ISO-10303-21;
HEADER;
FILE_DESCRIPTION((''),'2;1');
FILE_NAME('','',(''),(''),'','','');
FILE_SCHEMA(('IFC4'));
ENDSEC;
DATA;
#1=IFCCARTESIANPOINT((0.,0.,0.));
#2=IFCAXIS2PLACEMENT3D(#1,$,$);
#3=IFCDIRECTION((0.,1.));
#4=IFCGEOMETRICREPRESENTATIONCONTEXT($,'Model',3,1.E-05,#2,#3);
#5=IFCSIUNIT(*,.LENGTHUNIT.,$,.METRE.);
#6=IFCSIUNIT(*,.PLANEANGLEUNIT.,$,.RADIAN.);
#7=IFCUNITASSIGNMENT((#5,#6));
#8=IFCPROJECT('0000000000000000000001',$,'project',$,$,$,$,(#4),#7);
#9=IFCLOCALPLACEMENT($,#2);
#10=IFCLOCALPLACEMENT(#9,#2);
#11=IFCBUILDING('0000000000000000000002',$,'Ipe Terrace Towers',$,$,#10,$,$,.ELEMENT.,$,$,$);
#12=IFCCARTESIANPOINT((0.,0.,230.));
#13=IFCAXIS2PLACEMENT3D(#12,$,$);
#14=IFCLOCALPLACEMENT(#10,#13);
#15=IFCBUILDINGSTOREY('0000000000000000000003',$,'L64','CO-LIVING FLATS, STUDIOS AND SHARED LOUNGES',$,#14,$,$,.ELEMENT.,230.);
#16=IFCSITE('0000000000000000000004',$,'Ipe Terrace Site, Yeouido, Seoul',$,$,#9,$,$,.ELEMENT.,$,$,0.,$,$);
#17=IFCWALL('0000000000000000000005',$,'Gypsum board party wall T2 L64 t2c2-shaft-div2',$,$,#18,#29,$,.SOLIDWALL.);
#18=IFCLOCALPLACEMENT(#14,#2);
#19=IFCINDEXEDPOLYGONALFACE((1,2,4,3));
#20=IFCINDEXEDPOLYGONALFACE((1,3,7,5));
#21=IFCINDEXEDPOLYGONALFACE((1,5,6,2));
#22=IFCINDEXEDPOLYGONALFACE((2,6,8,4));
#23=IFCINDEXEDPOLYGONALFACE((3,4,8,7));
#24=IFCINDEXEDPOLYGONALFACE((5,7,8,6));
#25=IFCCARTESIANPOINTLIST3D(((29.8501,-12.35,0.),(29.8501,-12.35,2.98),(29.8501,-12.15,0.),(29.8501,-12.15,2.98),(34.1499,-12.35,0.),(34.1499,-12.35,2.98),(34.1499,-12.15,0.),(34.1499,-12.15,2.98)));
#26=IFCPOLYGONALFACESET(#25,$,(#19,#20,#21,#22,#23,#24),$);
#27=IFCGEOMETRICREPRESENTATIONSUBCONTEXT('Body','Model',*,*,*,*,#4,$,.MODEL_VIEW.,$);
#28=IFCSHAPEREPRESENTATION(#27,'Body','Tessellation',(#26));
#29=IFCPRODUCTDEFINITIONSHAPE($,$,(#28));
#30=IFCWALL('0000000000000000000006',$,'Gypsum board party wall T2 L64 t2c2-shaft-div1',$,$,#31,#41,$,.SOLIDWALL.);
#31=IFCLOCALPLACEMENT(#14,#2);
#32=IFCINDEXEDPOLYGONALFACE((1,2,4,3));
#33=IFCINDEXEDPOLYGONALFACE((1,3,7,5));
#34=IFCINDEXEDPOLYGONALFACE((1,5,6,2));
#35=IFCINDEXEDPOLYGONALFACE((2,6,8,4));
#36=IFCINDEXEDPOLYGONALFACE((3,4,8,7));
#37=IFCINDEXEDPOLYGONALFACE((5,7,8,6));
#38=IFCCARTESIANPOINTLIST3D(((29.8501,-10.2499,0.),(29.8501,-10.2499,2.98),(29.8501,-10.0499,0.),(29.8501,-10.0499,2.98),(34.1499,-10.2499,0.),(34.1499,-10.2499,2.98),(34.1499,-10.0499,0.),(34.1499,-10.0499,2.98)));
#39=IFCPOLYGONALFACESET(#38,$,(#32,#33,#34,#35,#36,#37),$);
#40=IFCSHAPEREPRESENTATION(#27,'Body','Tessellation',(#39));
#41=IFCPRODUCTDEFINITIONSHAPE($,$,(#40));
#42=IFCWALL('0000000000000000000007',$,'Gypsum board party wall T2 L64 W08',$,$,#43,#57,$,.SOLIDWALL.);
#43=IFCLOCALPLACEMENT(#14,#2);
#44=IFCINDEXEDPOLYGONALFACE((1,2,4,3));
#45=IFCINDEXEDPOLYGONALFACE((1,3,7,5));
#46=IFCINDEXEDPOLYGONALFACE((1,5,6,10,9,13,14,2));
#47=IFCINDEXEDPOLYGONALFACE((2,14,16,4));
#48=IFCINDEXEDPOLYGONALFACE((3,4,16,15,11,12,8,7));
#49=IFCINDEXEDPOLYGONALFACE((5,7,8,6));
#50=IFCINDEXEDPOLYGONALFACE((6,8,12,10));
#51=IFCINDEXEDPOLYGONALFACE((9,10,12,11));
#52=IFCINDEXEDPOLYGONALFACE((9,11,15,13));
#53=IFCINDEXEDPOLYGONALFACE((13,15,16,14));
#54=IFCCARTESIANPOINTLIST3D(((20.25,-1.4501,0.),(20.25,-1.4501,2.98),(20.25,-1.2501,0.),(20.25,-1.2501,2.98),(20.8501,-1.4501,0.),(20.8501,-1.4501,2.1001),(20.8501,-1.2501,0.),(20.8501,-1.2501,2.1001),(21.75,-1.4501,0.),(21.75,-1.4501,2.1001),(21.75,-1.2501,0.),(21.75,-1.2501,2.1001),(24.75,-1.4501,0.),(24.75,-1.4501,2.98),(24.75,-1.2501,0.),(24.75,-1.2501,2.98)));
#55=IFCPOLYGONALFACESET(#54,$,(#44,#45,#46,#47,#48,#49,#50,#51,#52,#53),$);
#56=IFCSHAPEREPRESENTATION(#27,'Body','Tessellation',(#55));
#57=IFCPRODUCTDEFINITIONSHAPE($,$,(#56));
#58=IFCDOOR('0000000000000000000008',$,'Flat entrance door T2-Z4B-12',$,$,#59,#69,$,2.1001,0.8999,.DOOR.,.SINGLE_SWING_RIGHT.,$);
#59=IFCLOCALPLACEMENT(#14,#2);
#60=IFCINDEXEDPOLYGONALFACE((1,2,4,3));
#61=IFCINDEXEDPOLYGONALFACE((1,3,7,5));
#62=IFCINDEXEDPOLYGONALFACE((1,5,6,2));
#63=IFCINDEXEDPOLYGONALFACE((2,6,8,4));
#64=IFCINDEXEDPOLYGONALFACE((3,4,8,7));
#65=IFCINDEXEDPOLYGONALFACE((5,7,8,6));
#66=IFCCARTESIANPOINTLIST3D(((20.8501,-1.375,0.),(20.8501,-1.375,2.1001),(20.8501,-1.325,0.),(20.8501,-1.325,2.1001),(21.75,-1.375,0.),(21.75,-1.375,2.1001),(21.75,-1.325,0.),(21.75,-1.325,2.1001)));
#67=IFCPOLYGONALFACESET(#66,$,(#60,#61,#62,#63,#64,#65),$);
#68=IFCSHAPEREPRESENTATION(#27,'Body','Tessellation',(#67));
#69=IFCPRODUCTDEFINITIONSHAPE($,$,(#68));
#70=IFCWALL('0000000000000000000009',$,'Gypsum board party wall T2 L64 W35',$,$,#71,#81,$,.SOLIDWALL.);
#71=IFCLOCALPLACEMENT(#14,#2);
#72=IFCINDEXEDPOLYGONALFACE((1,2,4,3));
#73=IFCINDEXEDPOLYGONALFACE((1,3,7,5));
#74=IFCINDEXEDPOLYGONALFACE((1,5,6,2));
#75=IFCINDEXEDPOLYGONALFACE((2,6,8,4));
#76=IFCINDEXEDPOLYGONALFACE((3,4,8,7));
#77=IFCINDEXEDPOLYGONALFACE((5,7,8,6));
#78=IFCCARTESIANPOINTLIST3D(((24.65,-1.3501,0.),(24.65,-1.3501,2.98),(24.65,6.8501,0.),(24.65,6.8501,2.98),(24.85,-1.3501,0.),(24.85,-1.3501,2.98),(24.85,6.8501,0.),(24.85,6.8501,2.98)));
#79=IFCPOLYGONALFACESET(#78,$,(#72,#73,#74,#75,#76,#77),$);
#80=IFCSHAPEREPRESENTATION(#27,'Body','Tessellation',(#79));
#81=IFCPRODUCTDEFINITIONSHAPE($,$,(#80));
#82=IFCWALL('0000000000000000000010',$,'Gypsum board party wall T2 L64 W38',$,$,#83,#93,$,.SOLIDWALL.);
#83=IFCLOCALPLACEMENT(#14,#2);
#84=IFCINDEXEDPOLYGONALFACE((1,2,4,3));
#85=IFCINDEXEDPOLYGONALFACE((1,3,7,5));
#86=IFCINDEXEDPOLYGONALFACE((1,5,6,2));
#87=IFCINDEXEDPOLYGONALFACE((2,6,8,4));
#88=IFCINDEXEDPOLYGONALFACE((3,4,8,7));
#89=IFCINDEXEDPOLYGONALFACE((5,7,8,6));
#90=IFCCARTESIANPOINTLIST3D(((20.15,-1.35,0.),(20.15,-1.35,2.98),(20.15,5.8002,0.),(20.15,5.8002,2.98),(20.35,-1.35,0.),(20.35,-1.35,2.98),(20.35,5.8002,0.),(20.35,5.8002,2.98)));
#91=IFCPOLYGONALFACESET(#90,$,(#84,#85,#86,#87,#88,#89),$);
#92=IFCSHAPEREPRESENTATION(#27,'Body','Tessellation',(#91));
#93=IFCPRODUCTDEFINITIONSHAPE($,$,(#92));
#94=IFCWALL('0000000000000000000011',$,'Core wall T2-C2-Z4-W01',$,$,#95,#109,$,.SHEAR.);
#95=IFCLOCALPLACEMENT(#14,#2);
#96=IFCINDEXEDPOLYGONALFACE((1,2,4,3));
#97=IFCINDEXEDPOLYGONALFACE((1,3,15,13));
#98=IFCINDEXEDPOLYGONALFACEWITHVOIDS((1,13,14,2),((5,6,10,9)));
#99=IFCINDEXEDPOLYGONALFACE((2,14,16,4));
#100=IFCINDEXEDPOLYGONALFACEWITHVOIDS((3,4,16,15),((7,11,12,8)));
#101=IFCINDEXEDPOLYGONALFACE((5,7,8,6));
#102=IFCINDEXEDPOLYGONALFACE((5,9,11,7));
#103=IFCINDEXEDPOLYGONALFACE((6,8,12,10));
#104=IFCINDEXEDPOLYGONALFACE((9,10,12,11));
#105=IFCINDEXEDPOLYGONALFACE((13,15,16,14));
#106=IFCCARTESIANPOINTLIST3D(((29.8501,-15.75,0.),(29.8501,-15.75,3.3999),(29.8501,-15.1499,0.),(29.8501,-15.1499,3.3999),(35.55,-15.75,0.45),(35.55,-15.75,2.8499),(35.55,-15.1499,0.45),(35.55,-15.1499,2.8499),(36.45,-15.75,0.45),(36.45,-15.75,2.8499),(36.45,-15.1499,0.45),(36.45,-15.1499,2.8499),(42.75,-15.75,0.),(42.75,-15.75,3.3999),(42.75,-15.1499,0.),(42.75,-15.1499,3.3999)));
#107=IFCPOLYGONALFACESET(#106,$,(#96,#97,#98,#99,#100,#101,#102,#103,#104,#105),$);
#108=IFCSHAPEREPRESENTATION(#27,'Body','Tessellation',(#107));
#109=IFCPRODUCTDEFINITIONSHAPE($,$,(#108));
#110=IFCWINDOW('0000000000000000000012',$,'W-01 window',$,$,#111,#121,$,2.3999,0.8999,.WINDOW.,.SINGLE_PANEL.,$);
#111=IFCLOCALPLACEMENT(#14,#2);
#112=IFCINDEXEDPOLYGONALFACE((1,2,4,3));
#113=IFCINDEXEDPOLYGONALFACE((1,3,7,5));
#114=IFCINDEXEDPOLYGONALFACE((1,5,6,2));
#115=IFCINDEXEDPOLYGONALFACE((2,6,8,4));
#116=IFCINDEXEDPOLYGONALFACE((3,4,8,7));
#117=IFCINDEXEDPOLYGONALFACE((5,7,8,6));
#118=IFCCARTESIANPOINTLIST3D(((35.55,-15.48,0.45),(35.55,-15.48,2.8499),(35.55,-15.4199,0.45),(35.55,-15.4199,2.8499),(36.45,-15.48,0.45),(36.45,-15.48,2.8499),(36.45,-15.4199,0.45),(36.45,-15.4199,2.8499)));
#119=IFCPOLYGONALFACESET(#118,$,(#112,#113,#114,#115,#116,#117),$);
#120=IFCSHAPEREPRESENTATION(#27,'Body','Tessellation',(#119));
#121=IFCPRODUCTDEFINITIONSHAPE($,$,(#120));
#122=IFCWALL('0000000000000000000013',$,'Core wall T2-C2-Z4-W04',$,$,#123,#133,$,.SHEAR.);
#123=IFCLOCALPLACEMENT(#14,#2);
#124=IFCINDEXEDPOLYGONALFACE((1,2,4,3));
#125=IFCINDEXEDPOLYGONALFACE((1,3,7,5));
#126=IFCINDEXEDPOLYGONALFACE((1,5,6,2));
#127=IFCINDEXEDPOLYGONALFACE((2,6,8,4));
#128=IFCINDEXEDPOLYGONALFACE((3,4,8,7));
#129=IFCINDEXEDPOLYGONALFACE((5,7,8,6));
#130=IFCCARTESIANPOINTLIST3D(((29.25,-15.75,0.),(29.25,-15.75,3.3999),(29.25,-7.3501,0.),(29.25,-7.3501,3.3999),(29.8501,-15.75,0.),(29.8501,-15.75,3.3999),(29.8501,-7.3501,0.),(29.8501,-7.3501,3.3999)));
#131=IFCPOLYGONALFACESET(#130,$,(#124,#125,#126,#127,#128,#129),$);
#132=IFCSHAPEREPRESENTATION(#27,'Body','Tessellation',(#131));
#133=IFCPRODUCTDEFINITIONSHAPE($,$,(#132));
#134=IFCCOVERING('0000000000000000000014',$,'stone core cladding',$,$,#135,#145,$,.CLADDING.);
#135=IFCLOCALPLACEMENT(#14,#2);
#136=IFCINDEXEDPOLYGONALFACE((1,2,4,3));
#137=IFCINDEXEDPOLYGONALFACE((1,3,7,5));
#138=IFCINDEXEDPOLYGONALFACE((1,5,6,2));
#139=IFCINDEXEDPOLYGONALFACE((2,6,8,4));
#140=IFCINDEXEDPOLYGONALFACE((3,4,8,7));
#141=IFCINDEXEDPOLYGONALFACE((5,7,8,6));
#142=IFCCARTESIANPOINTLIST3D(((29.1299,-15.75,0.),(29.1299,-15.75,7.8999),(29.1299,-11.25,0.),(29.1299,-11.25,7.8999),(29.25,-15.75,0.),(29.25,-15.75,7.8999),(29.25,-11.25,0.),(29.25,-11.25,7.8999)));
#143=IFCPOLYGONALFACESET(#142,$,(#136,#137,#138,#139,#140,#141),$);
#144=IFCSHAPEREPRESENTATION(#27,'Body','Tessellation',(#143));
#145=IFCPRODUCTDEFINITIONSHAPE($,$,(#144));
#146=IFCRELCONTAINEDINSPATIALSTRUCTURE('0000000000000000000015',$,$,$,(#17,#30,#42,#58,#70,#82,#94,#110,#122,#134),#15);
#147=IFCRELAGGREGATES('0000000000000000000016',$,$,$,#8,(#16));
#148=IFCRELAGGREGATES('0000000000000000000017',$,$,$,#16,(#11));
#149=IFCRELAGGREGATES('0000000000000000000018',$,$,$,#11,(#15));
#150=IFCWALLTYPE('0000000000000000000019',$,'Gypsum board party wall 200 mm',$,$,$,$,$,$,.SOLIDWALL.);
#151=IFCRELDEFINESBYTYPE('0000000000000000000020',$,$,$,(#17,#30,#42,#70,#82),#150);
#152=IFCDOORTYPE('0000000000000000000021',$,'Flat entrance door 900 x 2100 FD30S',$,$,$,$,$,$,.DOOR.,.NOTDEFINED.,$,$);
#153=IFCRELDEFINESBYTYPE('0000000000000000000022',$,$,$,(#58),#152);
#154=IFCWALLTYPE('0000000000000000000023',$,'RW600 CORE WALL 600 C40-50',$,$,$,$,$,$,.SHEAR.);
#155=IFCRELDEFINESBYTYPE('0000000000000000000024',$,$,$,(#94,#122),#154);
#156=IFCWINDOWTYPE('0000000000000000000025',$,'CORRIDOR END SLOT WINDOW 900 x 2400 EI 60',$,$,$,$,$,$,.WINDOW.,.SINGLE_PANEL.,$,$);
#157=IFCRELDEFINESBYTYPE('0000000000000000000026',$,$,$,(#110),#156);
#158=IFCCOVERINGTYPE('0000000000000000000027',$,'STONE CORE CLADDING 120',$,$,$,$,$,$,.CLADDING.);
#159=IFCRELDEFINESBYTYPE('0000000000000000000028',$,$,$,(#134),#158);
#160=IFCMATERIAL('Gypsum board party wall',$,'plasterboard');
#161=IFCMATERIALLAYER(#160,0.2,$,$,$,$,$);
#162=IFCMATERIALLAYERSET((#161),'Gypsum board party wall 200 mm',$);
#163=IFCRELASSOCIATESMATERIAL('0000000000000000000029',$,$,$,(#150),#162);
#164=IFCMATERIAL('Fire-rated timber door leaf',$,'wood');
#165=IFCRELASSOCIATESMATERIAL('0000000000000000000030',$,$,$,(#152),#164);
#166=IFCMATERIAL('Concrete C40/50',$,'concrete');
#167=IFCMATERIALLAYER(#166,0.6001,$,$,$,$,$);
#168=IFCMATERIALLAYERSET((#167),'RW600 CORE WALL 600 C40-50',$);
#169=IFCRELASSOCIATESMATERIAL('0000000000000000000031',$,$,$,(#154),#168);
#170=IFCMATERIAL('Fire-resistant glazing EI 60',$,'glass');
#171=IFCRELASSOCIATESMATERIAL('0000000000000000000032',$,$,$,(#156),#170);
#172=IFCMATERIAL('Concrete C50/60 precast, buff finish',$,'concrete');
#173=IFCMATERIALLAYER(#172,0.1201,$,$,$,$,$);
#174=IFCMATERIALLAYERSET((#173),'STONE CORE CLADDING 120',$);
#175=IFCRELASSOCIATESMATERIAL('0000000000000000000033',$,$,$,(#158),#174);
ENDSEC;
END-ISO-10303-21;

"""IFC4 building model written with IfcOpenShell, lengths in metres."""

from ifc_helpers import new_model, si_unit, direction, frame, frame_2d, origin, origin_2d, place, context, subcontext, project, spatial, rectangle, extrude, material, layer, layer_set, type_object, element, fill, save


model = new_model("IFC4")

# Units and contexts
model_context = context("Model", 3, precision=1e-05, world=origin(), true_north=direction((0.0, 1.0)))
body_context = subcontext(model_context, "Body", "Model", "MODEL_VIEW")
ifc_project = project(units=[si_unit("LENGTHUNIT", "METRE"), si_unit("PLANEANGLEUNIT", "RADIAN")], contexts=[model_context])

# Site, building, storey
site_placement = place(None, origin())
site = spatial("IfcSite", under=ifc_project, at=site_placement, Name="Ipe Terrace Site, Yeouido, Seoul", CompositionType="ELEMENT", RefElevation=0.0)
building_placement = place(site_placement, origin())
building = spatial("IfcBuilding", under=site, at=building_placement, Name="Ipe Terrace Towers", CompositionType="ELEMENT")
storey_placement = place(building_placement, frame((0.0, 0.0, 230.0)))
storey = spatial("IfcBuildingStorey", under=building, at=storey_placement, Name="L64", Description="CO-LIVING FLATS, STUDIOS AND SHARED LOUNGES", CompositionType="ELEMENT", Elevation=230.0)

# Walls
ifc_material_1 = material(Name="Gypsum board party wall", Category="plasterboard")
ifc_layer_1 = layer(ifc_material_1, 0.2)
ifc_layer_set_1 = layer_set([ifc_layer_1], Name="Gypsum board party wall 200 mm")
wall_type_1 = type_object("IfcWallType", Name="Gypsum board party wall 200 mm", PredefinedType="SOLIDWALL", material=ifc_layer_set_1)
for number, where, z_axis, x_axis, name in (
    (1, (29.8501, -12.25, 0.0), (0.0, 0.0, 1.0), (1.0, 0.0, 0.0), "Gypsum board party wall T2 L64 t2c2-shaft-div2"),
    (2, (29.8501, -10.1499, 0.0), (0.0, 0.0, 1.0), (1.0, 0.0, 0.0), "Gypsum board party wall T2 L64 t2c2-shaft-div1"),
):
    element("IfcWall", number, at=place(storey_placement, frame(where, z_axis=z_axis, x_axis=x_axis)), inside=storey, type_object=wall_type_1, Name=name, PredefinedType="SOLIDWALL", context=body_context, shape_type="SweptSolid", body=[
        extrude(rectangle(XDim=4.2998, YDim=0.2, at=frame_2d((2.1499, 0.0))), origin(), (0.0, 0.0, 1.0), 2.98),
    ])

# Wall, opening, door
wall_1_placement = place(storey_placement, frame((24.75, -1.3501, 0.0), z_axis=(0.0, 0.0, 1.0), x_axis=(-1.0, 0.0, 0.0)))
wall_1 = element("IfcWall", 3, at=wall_1_placement, inside=storey, type_object=wall_type_1, Name="Gypsum board party wall T2 L64 W08", PredefinedType="SOLIDWALL", context=body_context, shape_type="SweptSolid", body=[
    extrude(rectangle(XDim=4.5, YDim=0.2, at=frame_2d((2.25, 0.0))), origin(), (0.0, 0.0, 1.0), 2.98),
])
opening_1_placement = place(wall_1_placement, frame((3.0, 0.0, 0.0)))
opening_1 = element("IfcOpeningElement", 4, at=opening_1_placement, cuts=wall_1, PredefinedType="OPENING", context=body_context, shape_type="SweptSolid", body=[
    extrude(rectangle(XDim=0.8999, YDim=2.1001, at=frame_2d((0.45, 1.05))), frame((0.0, 0.1099, 0.0), z_axis=(0.0, -1.0, 0.0), x_axis=(1.0, 0.0, 0.0)), (0.0, 0.0, 1.0), 0.22),
])
ifc_material_2 = material(Name="Fire-rated timber door leaf", Category="wood")
door_type_1 = type_object("IfcDoorType", Name="Flat entrance door 900 x 2100 FD30S", OperationType="NOTDEFINED", PredefinedType="DOOR", material=ifc_material_2)
door_1_placement = place(opening_1_placement, origin())
door_1 = element("IfcDoor", 5, at=door_1_placement, inside=storey, type_object=door_type_1, Name="Flat entrance door T2-Z4B-12", OperationType="SINGLE_SWING_RIGHT", OverallHeight=2.1001, OverallWidth=0.8999, PredefinedType="DOOR", context=body_context, shape_type="SweptSolid", body=[
    extrude(rectangle(XDim=0.8999, YDim=2.1001, at=frame_2d((0.45, 1.05))), frame((0.0, 0.0249, 0.0), z_axis=(0.0, -1.0, 0.0), x_axis=(1.0, 0.0, 0.0)), (0.0, 0.0, 1.0), 0.05),
])
fill(opening_1, door_1)

# Walls
wall_2_placement = place(storey_placement, frame((24.75, -1.3501, 0.0), z_axis=(0.0, 0.0, 1.0), x_axis=(0.0, 1.0, 0.0)))
element("IfcWall", 6, at=wall_2_placement, inside=storey, type_object=wall_type_1, Name="Gypsum board party wall T2 L64 W35", PredefinedType="SOLIDWALL", context=body_context, shape_type="SweptSolid", body=[
    extrude(rectangle(XDim=8.2002, YDim=0.2, at=frame_2d((4.1001, 0.0))), origin(), (0.0, 0.0, 1.0), 2.98),
])
wall_3_placement = place(storey_placement, frame((20.25, -1.3501, 0.0), z_axis=(0.0, 0.0, 1.0), x_axis=(0.0, 1.0, 0.0)))
element("IfcWall", 7, at=wall_3_placement, inside=storey, type_object=wall_type_1, Name="Gypsum board party wall T2 L64 W38", PredefinedType="SOLIDWALL", context=body_context, shape_type="SweptSolid", body=[
    extrude(rectangle(XDim=7.1501, YDim=0.2, at=frame_2d((3.5752, 0.0))), origin(), (0.0, 0.0, 1.0), 2.98),
])

# Wall, opening, window
ifc_material_3 = material(Name="Concrete C40/50", Category="concrete")
ifc_layer_2 = layer(ifc_material_3, 0.6001)
ifc_layer_set_2 = layer_set([ifc_layer_2], Name="RW600 CORE WALL 600 C40-50")
wall_type_2 = type_object("IfcWallType", Name="RW600 CORE WALL 600 C40-50", PredefinedType="SHEAR", material=ifc_layer_set_2)
wall_4_placement = place(storey_placement, frame((29.8501, -15.45, 0.0), z_axis=(0.0, 0.0, 1.0), x_axis=(1.0, 0.0, 0.0)))
wall_4 = element("IfcWall", 8, at=wall_4_placement, inside=storey, type_object=wall_type_2, Name="Core wall T2-C2-Z4-W01", PredefinedType="SHEAR", context=body_context, shape_type="SweptSolid", body=[
    extrude(rectangle(XDim=12.8999, YDim=0.6001, at=frame_2d((6.45, 0.0))), origin(), (0.0, 0.0, 1.0), 3.3999),
])
opening_2_placement = place(wall_4_placement, frame((5.7, 0.0, 0.45)))
opening_2 = element("IfcOpeningElement", 9, at=opening_2_placement, cuts=wall_4, PredefinedType="OPENING", context=body_context, shape_type="SweptSolid", body=[
    extrude(rectangle(XDim=0.8999, YDim=2.3999, at=frame_2d((0.45, 1.2))), frame((0.0, 0.3101, 0.0), z_axis=(0.0, -1.0, 0.0), x_axis=(1.0, 0.0, 0.0)), (0.0, 0.0, 1.0), 0.6201),
])
ifc_material_4 = material(Name="Fire-resistant glazing EI 60", Category="glass")
window_type = type_object("IfcWindowType", Name="CORRIDOR END SLOT WINDOW 900 x 2400 EI 60", PartitioningType="SINGLE_PANEL", PredefinedType="WINDOW", material=ifc_material_4)
window_placement = place(opening_2_placement, origin())
window = element("IfcWindow", 10, at=window_placement, inside=storey, type_object=window_type, Name="W-01 window", OverallHeight=2.3999, OverallWidth=0.8999, PartitioningType="SINGLE_PANEL", PredefinedType="WINDOW", context=body_context, shape_type="SweptSolid", body=[
    extrude(rectangle(XDim=0.8999, YDim=2.3999, at=frame_2d((0.45, 1.2))), frame((0.0, 0.03, 0.0), z_axis=(0.0, -1.0, 0.0), x_axis=(1.0, 0.0, 0.0)), (0.0, 0.0, 1.0), 0.0601),
])
fill(opening_2, window)

# Wall
wall_5_placement = place(storey_placement, frame((29.55, -7.3501, 0.0), z_axis=(0.0, 0.0, 1.0), x_axis=(0.0, -1.0, 0.0)))
element("IfcWall", 11, at=wall_5_placement, inside=storey, type_object=wall_type_2, Name="Core wall T2-C2-Z4-W04", PredefinedType="SHEAR", context=body_context, shape_type="SweptSolid", body=[
    extrude(rectangle(XDim=8.3999, YDim=0.6001, at=frame_2d((4.2, 0.0))), origin(), (0.0, 0.0, 1.0), 3.3999),
])

# Covering
ifc_material_5 = material(Name="Concrete C50/60 precast, buff finish", Category="concrete")
ifc_layer_3 = layer(ifc_material_5, 0.1201)
ifc_layer_set_3 = layer_set([ifc_layer_3], Name="STONE CORE CLADDING 120")
covering_type = type_object("IfcCoveringType", Name="STONE CORE CLADDING 120", PredefinedType="CLADDING", material=ifc_layer_set_3)
covering_placement = place(storey_placement, frame((29.1899, -13.5, 0.0), z_axis=(0.0, 0.0, 1.0), x_axis=(0.0, -1.0, 0.0)))
element("IfcCovering", 12, at=covering_placement, inside=storey, type_object=covering_type, Name="stone core cladding", PredefinedType="CLADDING", context=body_context, shape_type="SweptSolid", body=[
    extrude(rectangle(XDim=4.5, YDim=0.1201, at=origin_2d()), origin(), (0.0, 0.0, 1.0), 7.8999),
])

save(model, "model.ifc")
